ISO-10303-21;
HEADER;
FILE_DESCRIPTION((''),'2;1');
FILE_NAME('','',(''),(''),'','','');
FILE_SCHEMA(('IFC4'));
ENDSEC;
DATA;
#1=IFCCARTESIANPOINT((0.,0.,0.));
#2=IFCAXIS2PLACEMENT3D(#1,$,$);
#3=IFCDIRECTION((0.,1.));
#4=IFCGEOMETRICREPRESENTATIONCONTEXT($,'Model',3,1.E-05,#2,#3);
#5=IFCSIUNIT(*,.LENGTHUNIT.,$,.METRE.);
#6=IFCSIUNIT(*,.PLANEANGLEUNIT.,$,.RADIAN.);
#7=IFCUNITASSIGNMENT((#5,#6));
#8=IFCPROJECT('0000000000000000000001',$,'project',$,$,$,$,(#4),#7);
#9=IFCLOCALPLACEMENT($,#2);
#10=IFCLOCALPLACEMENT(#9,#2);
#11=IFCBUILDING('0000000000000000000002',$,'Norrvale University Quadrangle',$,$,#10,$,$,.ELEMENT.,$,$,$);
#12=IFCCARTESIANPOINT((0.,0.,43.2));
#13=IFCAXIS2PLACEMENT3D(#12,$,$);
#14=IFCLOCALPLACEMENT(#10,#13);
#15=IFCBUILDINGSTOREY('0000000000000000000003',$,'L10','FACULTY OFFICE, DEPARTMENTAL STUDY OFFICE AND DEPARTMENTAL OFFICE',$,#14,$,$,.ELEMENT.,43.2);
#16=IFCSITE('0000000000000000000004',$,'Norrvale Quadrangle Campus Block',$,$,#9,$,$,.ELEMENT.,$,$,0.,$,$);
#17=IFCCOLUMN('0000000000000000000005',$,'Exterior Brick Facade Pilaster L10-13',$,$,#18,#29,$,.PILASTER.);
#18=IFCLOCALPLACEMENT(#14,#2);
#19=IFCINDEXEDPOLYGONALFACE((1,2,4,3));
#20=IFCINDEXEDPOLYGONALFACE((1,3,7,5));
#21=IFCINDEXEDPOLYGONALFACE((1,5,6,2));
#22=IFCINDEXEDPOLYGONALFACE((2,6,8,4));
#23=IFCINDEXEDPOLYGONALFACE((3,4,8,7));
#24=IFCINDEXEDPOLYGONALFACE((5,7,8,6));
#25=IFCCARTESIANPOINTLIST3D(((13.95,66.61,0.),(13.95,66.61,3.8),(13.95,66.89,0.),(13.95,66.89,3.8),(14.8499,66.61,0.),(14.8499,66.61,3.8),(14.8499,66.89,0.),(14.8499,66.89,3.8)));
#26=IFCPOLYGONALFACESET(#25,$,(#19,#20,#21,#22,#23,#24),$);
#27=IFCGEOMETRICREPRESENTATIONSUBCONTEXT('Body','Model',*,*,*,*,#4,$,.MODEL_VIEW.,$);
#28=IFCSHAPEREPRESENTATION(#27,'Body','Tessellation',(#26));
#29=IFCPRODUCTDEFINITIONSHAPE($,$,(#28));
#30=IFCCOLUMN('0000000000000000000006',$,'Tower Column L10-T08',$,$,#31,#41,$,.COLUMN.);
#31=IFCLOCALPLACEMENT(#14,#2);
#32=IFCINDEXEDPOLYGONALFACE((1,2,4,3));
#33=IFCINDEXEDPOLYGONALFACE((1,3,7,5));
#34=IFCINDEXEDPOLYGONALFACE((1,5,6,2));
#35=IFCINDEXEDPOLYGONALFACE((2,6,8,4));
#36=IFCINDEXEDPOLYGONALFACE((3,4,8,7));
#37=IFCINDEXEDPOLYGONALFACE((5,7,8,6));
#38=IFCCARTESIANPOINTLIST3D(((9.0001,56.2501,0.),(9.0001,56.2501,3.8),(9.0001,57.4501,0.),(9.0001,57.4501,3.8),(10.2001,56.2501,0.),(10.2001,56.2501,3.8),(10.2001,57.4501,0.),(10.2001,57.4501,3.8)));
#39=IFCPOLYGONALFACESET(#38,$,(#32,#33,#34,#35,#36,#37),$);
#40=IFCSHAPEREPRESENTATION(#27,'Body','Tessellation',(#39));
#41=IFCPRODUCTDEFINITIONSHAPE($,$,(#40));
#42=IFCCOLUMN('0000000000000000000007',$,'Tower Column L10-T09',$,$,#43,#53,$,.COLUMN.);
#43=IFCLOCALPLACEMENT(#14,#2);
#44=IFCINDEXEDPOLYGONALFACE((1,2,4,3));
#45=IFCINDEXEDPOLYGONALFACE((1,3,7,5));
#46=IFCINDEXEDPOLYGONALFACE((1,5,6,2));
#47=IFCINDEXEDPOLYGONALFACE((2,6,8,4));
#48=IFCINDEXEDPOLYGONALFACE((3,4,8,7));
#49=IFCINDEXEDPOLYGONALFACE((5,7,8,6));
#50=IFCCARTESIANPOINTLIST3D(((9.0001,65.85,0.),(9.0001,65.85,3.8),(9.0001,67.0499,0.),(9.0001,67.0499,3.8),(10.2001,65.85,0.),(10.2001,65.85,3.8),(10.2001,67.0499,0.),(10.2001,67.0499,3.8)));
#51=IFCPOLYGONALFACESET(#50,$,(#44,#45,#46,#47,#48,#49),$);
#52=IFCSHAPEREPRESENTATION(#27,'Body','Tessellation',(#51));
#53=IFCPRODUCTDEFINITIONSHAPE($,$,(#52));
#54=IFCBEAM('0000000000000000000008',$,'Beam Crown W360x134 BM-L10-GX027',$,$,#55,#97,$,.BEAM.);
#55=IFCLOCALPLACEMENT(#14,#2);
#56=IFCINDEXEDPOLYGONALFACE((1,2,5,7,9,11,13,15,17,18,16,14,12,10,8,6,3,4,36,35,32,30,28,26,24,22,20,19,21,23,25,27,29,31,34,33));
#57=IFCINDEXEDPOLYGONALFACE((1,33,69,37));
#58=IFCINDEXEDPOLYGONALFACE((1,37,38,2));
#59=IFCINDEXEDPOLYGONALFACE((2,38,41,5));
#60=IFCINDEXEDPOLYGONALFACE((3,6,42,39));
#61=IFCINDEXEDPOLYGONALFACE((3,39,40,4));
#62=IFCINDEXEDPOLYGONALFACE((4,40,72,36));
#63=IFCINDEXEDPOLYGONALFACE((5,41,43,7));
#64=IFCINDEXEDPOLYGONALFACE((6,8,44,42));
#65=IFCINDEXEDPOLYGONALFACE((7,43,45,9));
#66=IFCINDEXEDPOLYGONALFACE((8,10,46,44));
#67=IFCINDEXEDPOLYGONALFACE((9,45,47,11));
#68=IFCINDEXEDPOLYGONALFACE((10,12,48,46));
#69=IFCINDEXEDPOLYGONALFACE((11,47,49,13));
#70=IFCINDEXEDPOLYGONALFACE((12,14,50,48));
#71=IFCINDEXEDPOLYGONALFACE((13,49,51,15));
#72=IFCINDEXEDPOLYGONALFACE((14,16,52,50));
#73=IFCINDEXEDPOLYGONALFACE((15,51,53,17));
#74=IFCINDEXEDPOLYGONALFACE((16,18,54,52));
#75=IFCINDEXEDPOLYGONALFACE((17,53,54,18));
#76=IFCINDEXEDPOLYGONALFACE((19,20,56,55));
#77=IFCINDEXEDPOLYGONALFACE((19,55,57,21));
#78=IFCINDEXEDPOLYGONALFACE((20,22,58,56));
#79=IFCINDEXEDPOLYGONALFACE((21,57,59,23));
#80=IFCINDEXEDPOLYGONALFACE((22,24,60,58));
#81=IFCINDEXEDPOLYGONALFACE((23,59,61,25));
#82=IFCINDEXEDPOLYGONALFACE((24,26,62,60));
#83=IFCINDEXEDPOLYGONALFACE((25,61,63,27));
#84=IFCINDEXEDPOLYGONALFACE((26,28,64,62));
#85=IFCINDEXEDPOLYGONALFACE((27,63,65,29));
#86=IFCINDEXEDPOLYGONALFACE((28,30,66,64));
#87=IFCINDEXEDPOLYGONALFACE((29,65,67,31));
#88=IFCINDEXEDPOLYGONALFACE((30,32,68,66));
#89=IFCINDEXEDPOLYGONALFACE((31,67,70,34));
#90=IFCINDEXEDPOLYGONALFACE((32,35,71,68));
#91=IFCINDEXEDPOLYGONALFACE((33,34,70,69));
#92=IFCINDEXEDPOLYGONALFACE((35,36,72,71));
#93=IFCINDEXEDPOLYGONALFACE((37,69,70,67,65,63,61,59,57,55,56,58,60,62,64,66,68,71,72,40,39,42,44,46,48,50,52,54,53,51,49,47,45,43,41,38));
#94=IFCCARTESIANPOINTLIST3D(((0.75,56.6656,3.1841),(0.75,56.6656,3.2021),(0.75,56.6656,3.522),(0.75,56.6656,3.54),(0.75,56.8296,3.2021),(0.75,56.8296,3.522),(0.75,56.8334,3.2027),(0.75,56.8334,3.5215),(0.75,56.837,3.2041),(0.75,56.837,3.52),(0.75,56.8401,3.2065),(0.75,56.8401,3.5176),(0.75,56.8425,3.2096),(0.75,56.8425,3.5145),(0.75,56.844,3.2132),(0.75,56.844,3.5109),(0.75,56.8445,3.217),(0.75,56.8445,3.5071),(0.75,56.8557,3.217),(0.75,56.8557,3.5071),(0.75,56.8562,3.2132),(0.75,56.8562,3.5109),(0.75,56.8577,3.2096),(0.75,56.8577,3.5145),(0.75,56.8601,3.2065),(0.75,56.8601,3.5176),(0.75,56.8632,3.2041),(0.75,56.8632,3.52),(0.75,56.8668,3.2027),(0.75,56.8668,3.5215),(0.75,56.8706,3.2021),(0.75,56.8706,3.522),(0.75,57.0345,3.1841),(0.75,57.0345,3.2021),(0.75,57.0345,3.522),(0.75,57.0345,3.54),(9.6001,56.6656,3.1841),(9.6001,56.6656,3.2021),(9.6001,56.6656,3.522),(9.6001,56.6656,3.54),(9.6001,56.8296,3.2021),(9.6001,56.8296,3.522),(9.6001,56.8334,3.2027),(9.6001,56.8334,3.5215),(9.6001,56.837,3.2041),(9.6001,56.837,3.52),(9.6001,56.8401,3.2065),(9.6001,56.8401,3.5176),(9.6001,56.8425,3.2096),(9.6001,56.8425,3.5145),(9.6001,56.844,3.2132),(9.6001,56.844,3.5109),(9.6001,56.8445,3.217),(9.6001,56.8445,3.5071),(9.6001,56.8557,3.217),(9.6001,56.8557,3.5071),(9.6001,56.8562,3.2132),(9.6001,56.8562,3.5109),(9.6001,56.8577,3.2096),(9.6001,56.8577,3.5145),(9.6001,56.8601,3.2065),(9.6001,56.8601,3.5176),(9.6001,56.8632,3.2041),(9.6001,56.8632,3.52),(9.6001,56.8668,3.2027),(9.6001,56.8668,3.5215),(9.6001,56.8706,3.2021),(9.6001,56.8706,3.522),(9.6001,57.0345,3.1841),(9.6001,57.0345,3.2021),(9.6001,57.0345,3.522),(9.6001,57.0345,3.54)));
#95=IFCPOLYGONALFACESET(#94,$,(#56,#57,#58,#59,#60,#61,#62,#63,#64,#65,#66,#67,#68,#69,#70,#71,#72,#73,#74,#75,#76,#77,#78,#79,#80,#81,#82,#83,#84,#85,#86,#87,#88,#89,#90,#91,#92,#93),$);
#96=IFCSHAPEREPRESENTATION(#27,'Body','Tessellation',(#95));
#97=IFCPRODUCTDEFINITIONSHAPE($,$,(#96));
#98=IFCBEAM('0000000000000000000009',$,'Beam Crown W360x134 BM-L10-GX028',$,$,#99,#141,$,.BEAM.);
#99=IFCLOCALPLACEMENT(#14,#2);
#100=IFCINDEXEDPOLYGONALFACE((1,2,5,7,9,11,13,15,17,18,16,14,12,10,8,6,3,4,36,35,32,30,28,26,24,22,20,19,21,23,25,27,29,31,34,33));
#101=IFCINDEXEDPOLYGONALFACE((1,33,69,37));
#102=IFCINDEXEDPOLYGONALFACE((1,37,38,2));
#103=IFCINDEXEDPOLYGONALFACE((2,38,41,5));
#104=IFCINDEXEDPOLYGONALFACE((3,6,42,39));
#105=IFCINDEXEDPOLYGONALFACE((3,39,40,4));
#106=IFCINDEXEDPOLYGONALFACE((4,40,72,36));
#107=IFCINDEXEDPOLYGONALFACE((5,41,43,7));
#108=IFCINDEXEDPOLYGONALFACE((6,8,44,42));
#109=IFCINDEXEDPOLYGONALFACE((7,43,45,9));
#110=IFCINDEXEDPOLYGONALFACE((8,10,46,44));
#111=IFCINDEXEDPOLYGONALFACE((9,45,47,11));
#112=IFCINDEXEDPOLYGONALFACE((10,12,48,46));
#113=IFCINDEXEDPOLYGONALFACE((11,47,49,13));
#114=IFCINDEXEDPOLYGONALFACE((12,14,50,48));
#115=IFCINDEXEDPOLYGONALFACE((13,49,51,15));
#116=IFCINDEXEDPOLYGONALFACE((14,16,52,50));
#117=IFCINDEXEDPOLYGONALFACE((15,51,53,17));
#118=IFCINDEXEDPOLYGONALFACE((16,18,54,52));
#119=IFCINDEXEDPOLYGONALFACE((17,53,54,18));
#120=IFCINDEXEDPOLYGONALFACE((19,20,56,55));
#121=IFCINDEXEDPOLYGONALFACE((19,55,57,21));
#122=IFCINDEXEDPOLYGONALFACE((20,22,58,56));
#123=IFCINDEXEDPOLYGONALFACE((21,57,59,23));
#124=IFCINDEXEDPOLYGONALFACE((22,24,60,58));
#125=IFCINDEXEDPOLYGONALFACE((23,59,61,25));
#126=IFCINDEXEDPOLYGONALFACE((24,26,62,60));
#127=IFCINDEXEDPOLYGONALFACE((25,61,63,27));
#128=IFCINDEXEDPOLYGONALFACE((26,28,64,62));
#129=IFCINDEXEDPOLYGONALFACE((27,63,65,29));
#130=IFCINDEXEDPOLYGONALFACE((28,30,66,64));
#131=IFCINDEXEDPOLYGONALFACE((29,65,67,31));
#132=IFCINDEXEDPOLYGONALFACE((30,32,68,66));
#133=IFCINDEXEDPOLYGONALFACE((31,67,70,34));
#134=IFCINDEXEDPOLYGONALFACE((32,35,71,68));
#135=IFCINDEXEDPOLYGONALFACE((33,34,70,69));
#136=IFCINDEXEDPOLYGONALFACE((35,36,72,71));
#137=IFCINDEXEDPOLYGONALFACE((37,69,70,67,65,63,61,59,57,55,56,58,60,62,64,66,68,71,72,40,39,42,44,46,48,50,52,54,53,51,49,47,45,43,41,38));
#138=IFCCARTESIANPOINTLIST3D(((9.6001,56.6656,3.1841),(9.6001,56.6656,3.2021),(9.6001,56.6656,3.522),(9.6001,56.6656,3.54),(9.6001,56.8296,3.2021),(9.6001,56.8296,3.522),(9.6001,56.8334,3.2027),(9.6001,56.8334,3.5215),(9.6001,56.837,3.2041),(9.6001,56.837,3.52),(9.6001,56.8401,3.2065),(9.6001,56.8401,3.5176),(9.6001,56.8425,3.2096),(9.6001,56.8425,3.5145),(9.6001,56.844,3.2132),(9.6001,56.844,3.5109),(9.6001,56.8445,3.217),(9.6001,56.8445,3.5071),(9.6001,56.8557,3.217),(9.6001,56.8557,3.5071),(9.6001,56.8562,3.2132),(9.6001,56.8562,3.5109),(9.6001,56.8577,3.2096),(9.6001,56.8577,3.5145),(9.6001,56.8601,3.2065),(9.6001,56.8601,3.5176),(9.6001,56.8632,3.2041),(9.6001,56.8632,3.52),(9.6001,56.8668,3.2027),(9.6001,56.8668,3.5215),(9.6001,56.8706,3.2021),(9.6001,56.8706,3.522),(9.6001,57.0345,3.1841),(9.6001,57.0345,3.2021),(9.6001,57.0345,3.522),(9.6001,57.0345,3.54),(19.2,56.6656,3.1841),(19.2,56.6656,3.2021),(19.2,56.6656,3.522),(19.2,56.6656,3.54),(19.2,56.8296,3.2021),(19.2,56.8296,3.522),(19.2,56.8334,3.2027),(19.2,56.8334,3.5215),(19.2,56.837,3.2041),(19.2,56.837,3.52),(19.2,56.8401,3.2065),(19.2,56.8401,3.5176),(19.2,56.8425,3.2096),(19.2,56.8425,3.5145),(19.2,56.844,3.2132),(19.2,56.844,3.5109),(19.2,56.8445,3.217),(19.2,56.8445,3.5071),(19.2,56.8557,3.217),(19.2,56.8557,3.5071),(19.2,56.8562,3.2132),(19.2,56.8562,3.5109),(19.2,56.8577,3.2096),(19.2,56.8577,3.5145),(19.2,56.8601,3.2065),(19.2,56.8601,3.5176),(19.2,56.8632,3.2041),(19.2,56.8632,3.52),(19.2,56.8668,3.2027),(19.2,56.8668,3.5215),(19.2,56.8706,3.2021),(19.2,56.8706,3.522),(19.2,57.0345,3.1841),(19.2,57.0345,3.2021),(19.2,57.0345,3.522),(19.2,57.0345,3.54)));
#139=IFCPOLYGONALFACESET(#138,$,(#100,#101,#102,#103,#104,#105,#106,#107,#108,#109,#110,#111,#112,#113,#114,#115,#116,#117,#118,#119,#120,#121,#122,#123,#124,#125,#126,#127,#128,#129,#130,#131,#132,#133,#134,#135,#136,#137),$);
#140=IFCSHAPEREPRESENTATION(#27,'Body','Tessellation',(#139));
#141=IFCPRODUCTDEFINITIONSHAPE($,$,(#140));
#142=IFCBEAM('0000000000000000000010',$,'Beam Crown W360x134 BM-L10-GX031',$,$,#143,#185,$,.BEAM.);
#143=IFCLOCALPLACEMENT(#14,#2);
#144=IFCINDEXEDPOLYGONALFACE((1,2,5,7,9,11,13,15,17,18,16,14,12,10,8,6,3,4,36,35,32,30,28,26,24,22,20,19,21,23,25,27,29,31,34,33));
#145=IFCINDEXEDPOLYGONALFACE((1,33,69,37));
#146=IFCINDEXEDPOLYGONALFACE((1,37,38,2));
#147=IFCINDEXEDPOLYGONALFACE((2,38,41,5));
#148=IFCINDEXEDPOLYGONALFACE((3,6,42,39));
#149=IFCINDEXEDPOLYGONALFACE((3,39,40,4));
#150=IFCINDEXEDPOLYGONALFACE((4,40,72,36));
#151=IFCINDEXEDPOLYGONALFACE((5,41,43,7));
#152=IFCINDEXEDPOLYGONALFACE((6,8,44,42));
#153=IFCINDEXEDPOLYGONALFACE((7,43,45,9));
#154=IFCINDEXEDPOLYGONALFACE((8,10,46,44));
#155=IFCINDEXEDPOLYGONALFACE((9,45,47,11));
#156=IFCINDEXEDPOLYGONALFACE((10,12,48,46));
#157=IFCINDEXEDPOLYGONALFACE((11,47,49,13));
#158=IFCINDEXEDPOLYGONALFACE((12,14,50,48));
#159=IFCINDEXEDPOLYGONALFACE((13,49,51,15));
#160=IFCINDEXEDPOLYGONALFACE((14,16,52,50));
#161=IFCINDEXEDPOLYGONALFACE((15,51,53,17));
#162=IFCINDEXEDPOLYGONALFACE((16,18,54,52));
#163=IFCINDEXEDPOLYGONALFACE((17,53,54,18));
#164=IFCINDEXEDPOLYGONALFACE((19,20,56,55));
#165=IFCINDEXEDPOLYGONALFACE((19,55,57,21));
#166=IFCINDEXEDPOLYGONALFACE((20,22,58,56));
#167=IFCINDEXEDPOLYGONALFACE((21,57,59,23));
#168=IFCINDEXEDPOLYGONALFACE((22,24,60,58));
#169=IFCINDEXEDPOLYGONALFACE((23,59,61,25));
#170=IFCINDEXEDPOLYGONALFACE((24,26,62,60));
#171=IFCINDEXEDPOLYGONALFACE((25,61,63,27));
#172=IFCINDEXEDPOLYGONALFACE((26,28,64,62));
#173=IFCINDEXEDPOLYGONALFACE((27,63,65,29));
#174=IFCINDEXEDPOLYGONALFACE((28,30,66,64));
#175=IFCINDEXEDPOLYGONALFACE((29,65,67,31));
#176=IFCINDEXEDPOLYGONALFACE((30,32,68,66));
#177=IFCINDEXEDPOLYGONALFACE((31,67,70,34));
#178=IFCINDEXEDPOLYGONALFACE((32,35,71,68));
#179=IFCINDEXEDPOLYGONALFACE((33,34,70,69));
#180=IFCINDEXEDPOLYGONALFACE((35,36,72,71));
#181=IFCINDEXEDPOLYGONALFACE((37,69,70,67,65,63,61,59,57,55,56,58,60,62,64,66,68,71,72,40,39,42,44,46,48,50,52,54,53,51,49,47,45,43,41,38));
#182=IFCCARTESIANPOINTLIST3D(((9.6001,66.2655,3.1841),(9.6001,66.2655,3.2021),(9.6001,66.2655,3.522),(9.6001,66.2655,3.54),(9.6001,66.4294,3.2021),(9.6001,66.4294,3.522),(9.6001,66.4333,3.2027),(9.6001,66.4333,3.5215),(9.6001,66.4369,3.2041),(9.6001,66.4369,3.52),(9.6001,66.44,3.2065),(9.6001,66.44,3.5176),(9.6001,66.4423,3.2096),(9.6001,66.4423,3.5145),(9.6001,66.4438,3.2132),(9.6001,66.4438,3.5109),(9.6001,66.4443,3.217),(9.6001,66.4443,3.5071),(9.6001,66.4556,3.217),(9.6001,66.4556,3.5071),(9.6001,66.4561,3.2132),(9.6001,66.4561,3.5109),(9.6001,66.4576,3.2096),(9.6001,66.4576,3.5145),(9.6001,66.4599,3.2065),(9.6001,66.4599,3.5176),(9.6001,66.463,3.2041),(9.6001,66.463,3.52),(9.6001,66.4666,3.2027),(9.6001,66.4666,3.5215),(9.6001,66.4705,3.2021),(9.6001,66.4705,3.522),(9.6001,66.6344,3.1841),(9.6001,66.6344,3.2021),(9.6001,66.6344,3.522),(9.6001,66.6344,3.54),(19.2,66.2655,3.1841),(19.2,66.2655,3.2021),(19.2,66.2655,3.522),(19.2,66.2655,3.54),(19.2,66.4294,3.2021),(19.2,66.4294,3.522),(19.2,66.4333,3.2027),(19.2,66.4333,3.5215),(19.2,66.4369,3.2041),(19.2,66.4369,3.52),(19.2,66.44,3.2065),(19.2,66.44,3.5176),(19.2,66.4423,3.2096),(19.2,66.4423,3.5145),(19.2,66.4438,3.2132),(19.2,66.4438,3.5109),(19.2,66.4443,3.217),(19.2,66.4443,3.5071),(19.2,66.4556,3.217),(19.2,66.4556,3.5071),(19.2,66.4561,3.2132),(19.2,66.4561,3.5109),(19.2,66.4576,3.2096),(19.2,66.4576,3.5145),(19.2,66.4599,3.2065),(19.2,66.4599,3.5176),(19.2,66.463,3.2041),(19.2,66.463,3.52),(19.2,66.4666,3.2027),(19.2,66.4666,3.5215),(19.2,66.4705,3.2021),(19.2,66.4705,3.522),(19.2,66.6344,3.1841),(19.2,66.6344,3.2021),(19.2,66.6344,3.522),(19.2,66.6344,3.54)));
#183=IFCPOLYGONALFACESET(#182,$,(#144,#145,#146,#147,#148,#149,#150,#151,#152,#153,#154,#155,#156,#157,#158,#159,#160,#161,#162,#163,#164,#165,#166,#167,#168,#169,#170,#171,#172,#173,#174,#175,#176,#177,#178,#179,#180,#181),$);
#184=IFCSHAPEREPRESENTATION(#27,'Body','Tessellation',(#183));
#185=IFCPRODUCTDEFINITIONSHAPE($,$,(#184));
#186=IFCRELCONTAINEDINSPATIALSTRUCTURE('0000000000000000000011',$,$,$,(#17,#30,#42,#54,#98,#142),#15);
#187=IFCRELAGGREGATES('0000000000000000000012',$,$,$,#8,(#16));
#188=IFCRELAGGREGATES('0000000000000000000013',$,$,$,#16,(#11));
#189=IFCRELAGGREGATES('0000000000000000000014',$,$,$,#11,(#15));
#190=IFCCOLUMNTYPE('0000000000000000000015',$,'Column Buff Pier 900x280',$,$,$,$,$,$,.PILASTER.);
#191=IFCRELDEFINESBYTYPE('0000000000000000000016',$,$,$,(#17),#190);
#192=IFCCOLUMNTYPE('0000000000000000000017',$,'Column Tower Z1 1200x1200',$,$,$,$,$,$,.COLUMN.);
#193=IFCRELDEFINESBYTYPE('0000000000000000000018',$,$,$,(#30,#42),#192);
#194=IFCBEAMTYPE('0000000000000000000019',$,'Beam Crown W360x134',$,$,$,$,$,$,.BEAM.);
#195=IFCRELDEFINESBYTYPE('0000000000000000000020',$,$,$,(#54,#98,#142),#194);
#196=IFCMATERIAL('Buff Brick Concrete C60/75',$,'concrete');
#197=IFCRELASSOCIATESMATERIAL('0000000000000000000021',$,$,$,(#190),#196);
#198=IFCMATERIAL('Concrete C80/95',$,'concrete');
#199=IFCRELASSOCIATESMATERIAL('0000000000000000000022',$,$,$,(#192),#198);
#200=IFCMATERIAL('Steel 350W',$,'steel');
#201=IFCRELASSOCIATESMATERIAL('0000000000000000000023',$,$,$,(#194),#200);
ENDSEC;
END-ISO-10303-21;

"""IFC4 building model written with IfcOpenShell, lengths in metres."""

from ifc_helpers import new_model, si_unit, direction, frame, origin, origin_2d, place, context, subcontext, project, spatial, rectangle, i_section, extrude, material, material_profile, profile_set, type_object, element, save


model = new_model("IFC4")

# Units and contexts
model_context = context("Model", 3, precision=1e-05, world=origin(), true_north=direction((0.0, 1.0)))
body_context = subcontext(model_context, "Body", "Model", "MODEL_VIEW")
ifc_project = project(units=[si_unit("LENGTHUNIT", "METRE"), si_unit("PLANEANGLEUNIT", "RADIAN")], contexts=[model_context])

# Site, building, storey
site_placement = place(None, origin())
site = spatial("IfcSite", under=ifc_project, at=site_placement, Name="Norrvale Quadrangle Campus Block", CompositionType="ELEMENT", RefElevation=0.0)
building_placement = place(site_placement, origin())
building = spatial("IfcBuilding", under=site, at=building_placement, Name="Norrvale University Quadrangle", CompositionType="ELEMENT")
storey_placement = place(building_placement, frame((0.0, 0.0, 43.2)))
storey = spatial("IfcBuildingStorey", under=building, at=storey_placement, Name="L10", Description="FACULTY OFFICE, DEPARTMENTAL STUDY OFFICE AND DEPARTMENTAL OFFICE", CompositionType="ELEMENT", Elevation=43.2)

# Columns
ifc_material_1 = material(Name="Buff Brick Concrete C60/75", Category="concrete")
ifc_material_profile_1 = material_profile(ifc_material_1, rectangle(XDim=0.8999, YDim=0.28, at=origin_2d()), Name="Buff Brick Concrete C60/75")
ifc_profile_set_1 = profile_set([ifc_material_profile_1], Name="Buff Brick Concrete C60/75")
column_type_1 = type_object("IfcColumnType", Name="Column Buff Pier 900x280", PredefinedType="PILASTER", material=ifc_profile_set_1)
column_placement = place(storey_placement, frame((14.3999, 66.75, 0.0), z_axis=(0.0, 0.0, 1.0), x_axis=(1.0, 0.0, 0.0)))
element("IfcColumn", 1, at=column_placement, inside=storey, type_object=column_type_1, Name="Exterior Brick Facade Pilaster L10-13", PredefinedType="PILASTER", context=body_context, shape_type="SweptSolid", body=[
    extrude(rectangle(XDim=0.8999, YDim=0.28, at=origin_2d()), origin(), (0.0, 0.0, 1.0), 3.8),
])
ifc_material_2 = material(Name="Concrete C80/95", Category="concrete")
ifc_material_profile_2 = material_profile(ifc_material_2, rectangle(XDim=1.2, YDim=1.2, at=origin_2d()), Name="Concrete C80/95")
ifc_profile_set_2 = profile_set([ifc_material_profile_2], Name="Concrete C80/95")
column_type_2 = type_object("IfcColumnType", Name="Column Tower Z1 1200x1200", PredefinedType="COLUMN", material=ifc_profile_set_2)
for number, where, z_axis, x_axis, name in (
    (2, (9.6001, 56.8501, 0.0), (0.0, 0.0, 1.0), (1.0, 0.0, 0.0), "Tower Column L10-T08"),
    (3, (9.6001, 66.45, 0.0), (0.0, 0.0, 1.0), (1.0, 0.0, 0.0), "Tower Column L10-T09"),
):
    element("IfcColumn", number, at=place(storey_placement, frame(where, z_axis=z_axis, x_axis=x_axis)), inside=storey, type_object=column_type_2, Name=name, PredefinedType="COLUMN", context=body_context, shape_type="SweptSolid", body=[
        extrude(rectangle(XDim=1.2, YDim=1.2, at=origin_2d()), origin(), (0.0, 0.0, 1.0), 3.8),
    ])

# Beams
ifc_material_3 = material(Name="Steel 350W", Category="steel")
ifc_material_profile_3 = material_profile(ifc_material_3, i_section(OverallWidth=0.3689, OverallDepth=0.356, WebThickness=0.0112, FlangeThickness=0.0181, FilletRadius=0.0149, at=origin_2d()), Name="Steel 350W")
ifc_profile_set_3 = profile_set([ifc_material_profile_3], Name="Steel 350W")
beam_type_1 = type_object("IfcBeamType", Name="Beam Crown W360x134", PredefinedType="BEAM", material=ifc_profile_set_3)
beam_1_placement = place(storey_placement, frame((0.75, 56.8501, 3.3621), z_axis=(1.0, 0.0, 0.0), x_axis=(0.0, 1.0, 0.0)))
element("IfcBeam", 4, at=beam_1_placement, inside=storey, type_object=beam_type_1, Name="Beam Crown W360x134 BM-L10-GX027", PredefinedType="BEAM", context=body_context, shape_type="SweptSolid", body=[
    extrude(i_section(OverallWidth=0.3689, OverallDepth=0.356, WebThickness=0.0112, FlangeThickness=0.0181, FilletRadius=0.0149, at=origin_2d()), origin(), (0.0, 0.0, 1.0), 8.8501),
])
for number, where, z_axis, x_axis, name in (
    (5, (9.6001, 56.8501, 3.3621), (1.0, 0.0, 0.0), (0.0, 1.0, 0.0), "Beam Crown W360x134 BM-L10-GX028"),
    (6, (9.6001, 66.45, 3.3621), (1.0, 0.0, 0.0), (0.0, 1.0, 0.0), "Beam Crown W360x134 BM-L10-GX031"),
):
    element("IfcBeam", number, at=place(storey_placement, frame(where, z_axis=z_axis, x_axis=x_axis)), inside=storey, type_object=beam_type_1, Name=name, PredefinedType="BEAM", context=body_context, shape_type="SweptSolid", body=[
        extrude(i_section(OverallWidth=0.3689, OverallDepth=0.356, WebThickness=0.0112, FlangeThickness=0.0181, FilletRadius=0.0149, at=origin_2d()), origin(), (0.0, 0.0, 1.0), 9.5999),
    ])

save(model, "model.ifc")
